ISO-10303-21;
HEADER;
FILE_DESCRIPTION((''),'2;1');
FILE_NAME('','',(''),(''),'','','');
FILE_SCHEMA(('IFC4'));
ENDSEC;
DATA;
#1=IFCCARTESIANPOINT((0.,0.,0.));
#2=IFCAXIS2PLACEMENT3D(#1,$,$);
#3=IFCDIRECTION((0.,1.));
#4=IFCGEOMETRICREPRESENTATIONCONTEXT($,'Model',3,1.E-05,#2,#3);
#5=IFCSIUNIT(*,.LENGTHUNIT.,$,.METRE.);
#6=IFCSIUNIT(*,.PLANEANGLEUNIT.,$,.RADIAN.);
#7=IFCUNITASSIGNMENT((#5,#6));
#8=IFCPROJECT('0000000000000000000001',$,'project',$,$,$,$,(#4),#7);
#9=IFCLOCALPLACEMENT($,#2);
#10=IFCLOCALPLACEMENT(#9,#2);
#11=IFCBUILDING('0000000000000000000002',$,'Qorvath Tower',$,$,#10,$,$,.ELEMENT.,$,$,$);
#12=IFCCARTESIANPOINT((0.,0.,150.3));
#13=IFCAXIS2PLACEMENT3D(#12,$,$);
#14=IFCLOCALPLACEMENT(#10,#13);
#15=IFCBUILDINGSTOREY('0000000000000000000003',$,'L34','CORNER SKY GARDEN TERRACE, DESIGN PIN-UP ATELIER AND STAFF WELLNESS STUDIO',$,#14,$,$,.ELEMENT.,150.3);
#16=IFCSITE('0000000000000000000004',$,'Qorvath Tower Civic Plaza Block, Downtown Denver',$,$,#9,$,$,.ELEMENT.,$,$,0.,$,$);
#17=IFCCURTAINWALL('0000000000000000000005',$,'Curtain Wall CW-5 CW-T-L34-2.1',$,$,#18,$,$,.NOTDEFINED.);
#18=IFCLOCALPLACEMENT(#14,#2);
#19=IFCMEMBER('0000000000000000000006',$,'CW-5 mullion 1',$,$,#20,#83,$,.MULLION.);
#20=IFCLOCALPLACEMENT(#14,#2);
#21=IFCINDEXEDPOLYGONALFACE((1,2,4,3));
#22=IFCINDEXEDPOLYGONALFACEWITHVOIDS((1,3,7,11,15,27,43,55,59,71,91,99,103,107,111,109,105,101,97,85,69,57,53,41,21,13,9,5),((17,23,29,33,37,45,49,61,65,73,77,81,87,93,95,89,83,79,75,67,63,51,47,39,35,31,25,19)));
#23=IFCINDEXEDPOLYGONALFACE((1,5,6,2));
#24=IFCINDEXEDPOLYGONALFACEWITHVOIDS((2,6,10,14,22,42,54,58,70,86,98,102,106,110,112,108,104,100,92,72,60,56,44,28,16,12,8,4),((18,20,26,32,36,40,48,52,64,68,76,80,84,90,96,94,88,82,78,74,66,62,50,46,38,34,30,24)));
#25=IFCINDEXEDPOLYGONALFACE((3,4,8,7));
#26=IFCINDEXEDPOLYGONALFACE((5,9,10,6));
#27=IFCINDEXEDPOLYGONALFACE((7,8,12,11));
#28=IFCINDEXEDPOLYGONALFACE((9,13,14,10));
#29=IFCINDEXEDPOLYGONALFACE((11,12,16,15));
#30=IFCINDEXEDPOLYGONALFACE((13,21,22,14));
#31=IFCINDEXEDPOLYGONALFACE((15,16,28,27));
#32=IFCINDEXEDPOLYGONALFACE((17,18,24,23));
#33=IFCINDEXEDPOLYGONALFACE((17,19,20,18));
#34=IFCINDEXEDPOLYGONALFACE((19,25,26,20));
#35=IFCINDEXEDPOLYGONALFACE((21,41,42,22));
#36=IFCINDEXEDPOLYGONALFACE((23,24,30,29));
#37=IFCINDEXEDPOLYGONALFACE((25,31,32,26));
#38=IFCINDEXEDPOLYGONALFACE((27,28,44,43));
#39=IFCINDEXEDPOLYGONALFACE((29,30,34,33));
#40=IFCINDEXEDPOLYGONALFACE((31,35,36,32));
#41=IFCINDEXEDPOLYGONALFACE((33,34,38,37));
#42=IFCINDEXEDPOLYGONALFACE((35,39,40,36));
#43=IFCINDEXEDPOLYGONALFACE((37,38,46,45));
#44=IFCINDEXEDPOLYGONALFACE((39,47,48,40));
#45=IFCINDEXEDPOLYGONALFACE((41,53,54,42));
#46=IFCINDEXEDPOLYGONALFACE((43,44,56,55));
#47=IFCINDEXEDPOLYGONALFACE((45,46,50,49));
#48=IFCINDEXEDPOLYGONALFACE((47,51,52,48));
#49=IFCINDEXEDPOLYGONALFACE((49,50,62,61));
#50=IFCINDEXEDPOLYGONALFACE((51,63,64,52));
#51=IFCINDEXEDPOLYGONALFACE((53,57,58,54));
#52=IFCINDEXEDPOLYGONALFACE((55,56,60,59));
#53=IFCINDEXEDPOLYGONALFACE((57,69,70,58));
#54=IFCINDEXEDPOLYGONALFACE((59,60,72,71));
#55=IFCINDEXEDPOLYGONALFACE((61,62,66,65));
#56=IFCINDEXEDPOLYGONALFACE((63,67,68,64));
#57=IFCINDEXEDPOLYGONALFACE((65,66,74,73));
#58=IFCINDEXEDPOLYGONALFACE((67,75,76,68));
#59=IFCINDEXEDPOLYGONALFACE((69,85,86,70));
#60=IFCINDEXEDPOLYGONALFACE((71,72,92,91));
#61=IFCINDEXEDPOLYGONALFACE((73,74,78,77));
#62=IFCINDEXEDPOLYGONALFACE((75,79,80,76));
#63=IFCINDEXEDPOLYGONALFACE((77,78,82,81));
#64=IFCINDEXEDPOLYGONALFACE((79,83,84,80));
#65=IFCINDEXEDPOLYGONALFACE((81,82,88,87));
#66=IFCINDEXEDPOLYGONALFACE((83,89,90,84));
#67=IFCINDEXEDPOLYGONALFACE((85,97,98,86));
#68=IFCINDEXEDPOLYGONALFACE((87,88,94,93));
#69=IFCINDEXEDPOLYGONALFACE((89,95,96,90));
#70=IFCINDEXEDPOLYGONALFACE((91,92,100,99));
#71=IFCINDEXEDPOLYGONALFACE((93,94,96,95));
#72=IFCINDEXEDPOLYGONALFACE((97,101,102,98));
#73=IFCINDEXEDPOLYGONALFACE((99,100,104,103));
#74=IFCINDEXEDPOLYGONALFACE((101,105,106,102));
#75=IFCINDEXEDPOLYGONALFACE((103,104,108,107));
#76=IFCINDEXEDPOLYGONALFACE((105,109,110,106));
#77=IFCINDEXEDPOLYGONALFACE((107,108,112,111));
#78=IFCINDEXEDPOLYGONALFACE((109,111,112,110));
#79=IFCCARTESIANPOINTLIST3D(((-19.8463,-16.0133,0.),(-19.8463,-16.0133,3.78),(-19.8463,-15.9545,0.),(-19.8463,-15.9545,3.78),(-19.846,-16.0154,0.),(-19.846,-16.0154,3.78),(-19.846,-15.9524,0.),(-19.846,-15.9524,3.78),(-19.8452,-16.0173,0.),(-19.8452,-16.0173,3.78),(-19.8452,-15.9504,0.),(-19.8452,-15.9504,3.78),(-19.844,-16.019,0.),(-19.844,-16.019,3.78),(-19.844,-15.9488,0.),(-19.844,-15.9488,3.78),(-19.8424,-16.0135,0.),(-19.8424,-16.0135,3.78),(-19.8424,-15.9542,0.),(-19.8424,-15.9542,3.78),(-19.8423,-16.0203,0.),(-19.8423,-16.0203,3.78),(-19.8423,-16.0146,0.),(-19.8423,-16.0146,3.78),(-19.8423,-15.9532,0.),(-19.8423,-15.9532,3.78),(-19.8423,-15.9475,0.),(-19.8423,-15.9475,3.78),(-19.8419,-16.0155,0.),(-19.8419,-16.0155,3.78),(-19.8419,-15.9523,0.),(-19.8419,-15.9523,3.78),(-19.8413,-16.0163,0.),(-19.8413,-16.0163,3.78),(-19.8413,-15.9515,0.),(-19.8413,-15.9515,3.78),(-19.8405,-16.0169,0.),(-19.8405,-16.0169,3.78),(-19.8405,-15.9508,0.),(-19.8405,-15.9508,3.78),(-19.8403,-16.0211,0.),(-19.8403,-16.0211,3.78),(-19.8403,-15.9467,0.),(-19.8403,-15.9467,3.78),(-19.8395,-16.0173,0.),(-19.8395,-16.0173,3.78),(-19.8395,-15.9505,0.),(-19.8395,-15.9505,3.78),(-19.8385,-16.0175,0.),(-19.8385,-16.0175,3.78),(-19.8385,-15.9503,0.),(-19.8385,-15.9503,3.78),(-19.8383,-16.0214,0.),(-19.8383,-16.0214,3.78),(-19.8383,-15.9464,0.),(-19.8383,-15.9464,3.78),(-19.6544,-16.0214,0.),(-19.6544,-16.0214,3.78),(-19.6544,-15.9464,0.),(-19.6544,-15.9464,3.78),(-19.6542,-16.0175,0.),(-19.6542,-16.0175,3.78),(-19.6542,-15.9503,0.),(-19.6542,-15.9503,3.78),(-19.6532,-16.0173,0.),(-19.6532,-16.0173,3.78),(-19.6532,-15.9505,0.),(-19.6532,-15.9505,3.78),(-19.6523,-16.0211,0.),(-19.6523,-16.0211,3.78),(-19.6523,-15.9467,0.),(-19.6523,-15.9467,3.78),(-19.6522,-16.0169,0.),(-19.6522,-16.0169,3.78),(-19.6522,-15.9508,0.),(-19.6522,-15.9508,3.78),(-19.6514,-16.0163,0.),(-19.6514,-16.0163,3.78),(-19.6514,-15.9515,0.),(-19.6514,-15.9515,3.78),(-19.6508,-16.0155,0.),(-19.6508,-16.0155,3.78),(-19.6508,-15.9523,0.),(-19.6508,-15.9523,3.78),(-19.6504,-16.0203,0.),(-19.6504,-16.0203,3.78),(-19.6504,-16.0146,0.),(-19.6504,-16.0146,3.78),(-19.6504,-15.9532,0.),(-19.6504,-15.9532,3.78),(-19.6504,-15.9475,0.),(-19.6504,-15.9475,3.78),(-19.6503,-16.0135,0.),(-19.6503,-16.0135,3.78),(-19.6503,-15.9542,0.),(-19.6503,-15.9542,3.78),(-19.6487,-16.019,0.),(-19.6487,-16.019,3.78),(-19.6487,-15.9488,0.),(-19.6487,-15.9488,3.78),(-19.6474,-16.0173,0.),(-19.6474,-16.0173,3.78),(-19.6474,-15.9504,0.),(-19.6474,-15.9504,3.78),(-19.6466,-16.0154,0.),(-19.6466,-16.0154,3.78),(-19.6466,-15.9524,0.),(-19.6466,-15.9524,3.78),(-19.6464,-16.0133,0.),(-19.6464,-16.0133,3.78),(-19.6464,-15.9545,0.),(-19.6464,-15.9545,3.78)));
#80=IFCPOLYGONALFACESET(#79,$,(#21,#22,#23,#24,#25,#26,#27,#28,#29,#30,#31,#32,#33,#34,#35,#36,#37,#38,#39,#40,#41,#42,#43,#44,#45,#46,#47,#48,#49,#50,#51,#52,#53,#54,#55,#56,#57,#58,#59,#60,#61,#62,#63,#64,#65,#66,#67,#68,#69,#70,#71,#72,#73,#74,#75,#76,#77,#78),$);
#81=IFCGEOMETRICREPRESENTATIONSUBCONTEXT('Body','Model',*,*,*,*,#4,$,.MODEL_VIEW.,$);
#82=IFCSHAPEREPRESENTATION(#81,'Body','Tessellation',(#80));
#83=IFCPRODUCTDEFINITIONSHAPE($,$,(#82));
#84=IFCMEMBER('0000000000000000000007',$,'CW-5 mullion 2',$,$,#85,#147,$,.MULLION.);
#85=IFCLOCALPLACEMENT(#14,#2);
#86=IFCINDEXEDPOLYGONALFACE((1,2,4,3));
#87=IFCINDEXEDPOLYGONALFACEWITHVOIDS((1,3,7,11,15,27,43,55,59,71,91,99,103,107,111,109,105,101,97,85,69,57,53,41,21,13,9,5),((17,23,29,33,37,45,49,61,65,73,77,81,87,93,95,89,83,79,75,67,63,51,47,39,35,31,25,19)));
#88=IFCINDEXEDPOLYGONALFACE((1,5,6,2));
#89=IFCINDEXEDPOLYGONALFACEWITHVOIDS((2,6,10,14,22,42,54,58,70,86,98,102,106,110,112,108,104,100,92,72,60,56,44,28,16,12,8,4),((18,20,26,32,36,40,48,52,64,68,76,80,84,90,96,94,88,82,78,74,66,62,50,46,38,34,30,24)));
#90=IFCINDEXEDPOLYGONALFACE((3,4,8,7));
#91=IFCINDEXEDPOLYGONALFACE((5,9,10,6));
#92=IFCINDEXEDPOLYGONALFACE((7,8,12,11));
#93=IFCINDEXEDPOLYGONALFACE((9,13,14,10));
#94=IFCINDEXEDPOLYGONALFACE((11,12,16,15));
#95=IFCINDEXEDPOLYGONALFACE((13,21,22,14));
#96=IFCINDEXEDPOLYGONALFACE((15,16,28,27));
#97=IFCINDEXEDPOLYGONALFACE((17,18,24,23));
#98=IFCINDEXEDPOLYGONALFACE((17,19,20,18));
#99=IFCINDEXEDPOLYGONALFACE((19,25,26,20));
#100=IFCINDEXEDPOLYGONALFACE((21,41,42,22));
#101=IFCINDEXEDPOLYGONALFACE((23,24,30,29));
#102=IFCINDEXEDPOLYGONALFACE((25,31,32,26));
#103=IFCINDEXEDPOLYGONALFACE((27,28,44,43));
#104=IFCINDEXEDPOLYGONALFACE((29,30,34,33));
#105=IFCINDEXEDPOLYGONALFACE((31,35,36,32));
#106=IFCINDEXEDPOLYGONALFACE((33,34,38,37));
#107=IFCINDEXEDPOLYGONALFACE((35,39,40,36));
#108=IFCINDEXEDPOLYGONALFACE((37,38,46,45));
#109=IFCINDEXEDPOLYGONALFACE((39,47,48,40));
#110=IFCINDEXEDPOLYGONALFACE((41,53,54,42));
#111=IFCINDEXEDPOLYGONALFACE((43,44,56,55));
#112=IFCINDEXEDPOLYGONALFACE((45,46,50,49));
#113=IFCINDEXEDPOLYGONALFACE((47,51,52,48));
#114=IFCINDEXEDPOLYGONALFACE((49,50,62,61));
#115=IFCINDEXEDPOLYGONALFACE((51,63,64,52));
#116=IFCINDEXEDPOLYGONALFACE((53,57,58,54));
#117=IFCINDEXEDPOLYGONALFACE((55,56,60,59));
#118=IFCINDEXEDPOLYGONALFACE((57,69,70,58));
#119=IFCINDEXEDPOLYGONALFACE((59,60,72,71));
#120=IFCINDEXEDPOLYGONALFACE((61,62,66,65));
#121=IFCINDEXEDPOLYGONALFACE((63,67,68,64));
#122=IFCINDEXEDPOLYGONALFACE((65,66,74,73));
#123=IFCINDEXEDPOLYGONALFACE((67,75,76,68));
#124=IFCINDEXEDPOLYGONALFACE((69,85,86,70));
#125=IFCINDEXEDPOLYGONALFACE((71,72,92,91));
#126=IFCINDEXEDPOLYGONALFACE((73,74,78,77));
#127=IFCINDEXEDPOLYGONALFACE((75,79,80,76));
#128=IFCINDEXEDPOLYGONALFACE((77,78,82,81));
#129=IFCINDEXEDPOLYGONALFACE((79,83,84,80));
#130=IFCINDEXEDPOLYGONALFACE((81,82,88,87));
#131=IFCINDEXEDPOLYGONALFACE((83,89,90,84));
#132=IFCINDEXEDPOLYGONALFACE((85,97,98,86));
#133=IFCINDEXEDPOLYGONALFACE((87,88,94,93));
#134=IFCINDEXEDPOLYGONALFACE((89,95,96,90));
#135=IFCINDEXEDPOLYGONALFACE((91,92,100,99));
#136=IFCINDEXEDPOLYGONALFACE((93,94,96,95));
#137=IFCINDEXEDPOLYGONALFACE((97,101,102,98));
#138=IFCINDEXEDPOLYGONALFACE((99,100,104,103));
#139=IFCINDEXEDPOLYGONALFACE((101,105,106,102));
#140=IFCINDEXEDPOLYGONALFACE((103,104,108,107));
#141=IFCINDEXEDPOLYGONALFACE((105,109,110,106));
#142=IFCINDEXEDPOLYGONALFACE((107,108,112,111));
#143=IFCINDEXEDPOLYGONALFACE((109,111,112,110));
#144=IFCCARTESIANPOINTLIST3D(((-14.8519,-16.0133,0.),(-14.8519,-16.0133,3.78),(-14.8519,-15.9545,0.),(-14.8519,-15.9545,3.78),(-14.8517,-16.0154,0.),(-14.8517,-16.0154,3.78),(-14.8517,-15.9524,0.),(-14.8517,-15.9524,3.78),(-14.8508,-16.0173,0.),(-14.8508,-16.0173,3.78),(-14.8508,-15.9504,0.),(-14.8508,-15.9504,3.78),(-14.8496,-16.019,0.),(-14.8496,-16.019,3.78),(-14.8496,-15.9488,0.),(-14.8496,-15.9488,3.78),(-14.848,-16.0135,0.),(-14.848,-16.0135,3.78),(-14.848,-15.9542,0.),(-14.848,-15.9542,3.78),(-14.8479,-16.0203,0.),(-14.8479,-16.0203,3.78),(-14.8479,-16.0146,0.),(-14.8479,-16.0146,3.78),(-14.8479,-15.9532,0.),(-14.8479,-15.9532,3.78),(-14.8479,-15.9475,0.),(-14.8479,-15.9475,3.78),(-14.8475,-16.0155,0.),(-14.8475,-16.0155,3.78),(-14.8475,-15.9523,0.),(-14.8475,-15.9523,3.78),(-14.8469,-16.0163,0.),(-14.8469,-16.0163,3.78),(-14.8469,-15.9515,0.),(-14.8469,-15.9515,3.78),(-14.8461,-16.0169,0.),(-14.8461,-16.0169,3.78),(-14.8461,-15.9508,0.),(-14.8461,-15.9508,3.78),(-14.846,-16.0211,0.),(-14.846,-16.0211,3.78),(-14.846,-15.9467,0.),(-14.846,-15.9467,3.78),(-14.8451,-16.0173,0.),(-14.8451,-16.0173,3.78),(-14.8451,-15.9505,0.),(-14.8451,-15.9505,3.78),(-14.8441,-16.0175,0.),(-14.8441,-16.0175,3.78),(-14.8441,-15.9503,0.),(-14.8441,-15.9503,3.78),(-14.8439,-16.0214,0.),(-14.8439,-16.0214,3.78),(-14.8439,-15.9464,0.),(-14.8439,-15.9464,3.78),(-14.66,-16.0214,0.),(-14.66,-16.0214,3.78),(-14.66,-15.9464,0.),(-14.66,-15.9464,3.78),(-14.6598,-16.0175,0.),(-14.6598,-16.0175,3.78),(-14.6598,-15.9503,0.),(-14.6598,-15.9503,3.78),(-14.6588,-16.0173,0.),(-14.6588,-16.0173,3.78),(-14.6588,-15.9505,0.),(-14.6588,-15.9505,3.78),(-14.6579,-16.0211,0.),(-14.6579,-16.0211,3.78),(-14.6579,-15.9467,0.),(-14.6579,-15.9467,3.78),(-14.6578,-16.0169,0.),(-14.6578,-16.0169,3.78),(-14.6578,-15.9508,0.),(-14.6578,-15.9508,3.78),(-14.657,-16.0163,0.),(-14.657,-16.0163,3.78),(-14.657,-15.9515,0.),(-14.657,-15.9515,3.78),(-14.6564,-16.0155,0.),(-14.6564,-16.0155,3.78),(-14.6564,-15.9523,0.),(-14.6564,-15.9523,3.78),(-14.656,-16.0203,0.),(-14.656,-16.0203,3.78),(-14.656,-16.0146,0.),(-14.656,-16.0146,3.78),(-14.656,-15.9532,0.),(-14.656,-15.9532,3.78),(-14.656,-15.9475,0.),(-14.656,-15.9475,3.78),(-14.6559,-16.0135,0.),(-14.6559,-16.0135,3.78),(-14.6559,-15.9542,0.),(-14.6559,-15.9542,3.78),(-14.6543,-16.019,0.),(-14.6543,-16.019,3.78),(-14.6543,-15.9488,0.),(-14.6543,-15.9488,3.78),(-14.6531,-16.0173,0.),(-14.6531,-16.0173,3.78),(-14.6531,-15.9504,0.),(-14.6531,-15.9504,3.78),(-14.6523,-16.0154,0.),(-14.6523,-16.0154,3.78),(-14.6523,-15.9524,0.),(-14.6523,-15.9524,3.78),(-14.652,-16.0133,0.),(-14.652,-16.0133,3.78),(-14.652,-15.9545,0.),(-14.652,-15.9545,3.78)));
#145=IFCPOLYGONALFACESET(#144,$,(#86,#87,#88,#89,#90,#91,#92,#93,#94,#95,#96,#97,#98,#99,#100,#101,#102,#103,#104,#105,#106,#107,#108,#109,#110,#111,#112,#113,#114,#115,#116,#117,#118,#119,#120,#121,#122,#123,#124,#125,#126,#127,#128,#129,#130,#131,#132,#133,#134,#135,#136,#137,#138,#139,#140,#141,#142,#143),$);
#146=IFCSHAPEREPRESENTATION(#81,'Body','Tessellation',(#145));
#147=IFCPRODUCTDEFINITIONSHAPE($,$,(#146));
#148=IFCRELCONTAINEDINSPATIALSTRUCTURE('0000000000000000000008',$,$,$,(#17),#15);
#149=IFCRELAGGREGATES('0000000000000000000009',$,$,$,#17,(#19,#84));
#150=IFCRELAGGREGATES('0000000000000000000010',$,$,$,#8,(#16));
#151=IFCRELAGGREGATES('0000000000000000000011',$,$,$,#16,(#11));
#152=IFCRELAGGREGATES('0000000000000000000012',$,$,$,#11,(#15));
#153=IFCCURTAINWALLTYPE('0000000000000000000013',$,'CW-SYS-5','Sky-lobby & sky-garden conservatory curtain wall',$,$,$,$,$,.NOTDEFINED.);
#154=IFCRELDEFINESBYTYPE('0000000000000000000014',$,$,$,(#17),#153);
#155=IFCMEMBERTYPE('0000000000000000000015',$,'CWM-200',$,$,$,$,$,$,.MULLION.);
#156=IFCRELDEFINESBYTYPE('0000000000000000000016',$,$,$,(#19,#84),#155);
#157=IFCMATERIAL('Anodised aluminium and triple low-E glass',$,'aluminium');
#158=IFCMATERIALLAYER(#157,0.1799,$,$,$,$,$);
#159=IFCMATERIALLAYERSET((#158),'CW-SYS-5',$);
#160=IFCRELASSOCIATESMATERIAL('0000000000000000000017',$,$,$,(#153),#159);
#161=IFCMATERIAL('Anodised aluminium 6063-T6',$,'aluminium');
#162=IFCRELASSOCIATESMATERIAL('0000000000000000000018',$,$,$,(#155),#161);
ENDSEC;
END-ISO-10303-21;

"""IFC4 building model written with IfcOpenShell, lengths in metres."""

from ifc_helpers import new_model, si_unit, direction, frame, origin, origin_2d, place, context, subcontext, project, spatial, hollow_rectangle, extrude, material, layer, layer_set, material_profile, profile_set, type_object, element, aggregate, save


model = new_model("IFC4")

# Units and contexts
model_context = context("Model", 3, precision=1e-05, world=origin(), true_north=direction((0.0, 1.0)))
body_context = subcontext(model_context, "Body", "Model", "MODEL_VIEW")
ifc_project = project(units=[si_unit("LENGTHUNIT", "METRE"), si_unit("PLANEANGLEUNIT", "RADIAN")], contexts=[model_context])

# Site, building, storey
site_placement = place(None, origin())
site = spatial("IfcSite", under=ifc_project, at=site_placement, Name="Qorvath Tower Civic Plaza Block, Downtown Denver", CompositionType="ELEMENT", RefElevation=0.0)
building_placement = place(site_placement, origin())
building = spatial("IfcBuilding", under=site, at=building_placement, Name="Qorvath Tower", CompositionType="ELEMENT")
storey_placement = place(building_placement, frame((0.0, 0.0, 150.3)))
storey = spatial("IfcBuildingStorey", under=building, at=storey_placement, Name="L34", Description="CORNER SKY GARDEN TERRACE, DESIGN PIN-UP ATELIER AND STAFF WELLNESS STUDIO", CompositionType="ELEMENT", Elevation=150.3)

# Curtain wall, members
ifc_material_1 = material(Name="Anodised aluminium and triple low-E glass", Category="aluminium")
ifc_layer_1 = layer(ifc_material_1, 0.1799)
ifc_layer_set_1 = layer_set([ifc_layer_1], Name="CW-SYS-5")
curtain_wall_type = type_object("IfcCurtainWallType", Name="CW-SYS-5", Description="Sky-lobby & sky-garden conservatory curtain wall", PredefinedType="NOTDEFINED", material=ifc_layer_set_1)
curtain_wall_1_placement = place(storey_placement, origin())
curtain_wall_1 = element("IfcCurtainWall", 1, at=curtain_wall_1_placement, inside=storey, type_object=curtain_wall_type, Name="Curtain Wall CW-5 CW-T-L34-2.1", PredefinedType="NOTDEFINED")
ifc_material_2 = material(Name="Anodised aluminium 6063-T6", Category="aluminium")
ifc_material_profile_1 = material_profile(ifc_material_2, hollow_rectangle(XDim=0.075, YDim=0.2, WallThickness=0.0039, InnerFilletRadius=0.0039, OuterFilletRadius=0.0081, at=origin_2d()), Name="CWM 200x75")
ifc_profile_set_1 = profile_set([ifc_material_profile_1], Name="Anodised aluminium 6063-T6")
member_type_1 = type_object("IfcMemberType", Name="CWM-200", PredefinedType="MULLION", material=ifc_profile_set_1)
member_1_placement = place(storey_placement, frame((-19.7463, -15.9839, 0.0), z_axis=(0.0, 0.0, 1.0), x_axis=(0.0, 1.0, 0.0)))
member_1 = element("IfcMember", 2, at=member_1_placement, type_object=member_type_1, Name="CW-5 mullion 1", PredefinedType="MULLION", context=body_context, shape_type="SweptSolid", body=[
    extrude(hollow_rectangle(XDim=0.075, YDim=0.2, WallThickness=0.0039, InnerFilletRadius=0.0039, OuterFilletRadius=0.0081, at=origin_2d()), origin(), (0.0, 0.0, 1.0), 3.78),
])
member_2_placement = place(storey_placement, frame((-14.752, -15.9839, 0.0), z_axis=(0.0, 0.0, 1.0), x_axis=(0.0, 1.0, 0.0)))
member_2 = element("IfcMember", 3, at=member_2_placement, type_object=member_type_1, Name="CW-5 mullion 2", PredefinedType="MULLION", context=body_context, shape_type="SweptSolid", body=[
    extrude(hollow_rectangle(XDim=0.075, YDim=0.2, WallThickness=0.0039, InnerFilletRadius=0.0039, OuterFilletRadius=0.0081, at=origin_2d()), origin(), (0.0, 0.0, 1.0), 3.78),
])

aggregate(curtain_wall_1, [member_1, member_2])

save(model, "model.ifc")
